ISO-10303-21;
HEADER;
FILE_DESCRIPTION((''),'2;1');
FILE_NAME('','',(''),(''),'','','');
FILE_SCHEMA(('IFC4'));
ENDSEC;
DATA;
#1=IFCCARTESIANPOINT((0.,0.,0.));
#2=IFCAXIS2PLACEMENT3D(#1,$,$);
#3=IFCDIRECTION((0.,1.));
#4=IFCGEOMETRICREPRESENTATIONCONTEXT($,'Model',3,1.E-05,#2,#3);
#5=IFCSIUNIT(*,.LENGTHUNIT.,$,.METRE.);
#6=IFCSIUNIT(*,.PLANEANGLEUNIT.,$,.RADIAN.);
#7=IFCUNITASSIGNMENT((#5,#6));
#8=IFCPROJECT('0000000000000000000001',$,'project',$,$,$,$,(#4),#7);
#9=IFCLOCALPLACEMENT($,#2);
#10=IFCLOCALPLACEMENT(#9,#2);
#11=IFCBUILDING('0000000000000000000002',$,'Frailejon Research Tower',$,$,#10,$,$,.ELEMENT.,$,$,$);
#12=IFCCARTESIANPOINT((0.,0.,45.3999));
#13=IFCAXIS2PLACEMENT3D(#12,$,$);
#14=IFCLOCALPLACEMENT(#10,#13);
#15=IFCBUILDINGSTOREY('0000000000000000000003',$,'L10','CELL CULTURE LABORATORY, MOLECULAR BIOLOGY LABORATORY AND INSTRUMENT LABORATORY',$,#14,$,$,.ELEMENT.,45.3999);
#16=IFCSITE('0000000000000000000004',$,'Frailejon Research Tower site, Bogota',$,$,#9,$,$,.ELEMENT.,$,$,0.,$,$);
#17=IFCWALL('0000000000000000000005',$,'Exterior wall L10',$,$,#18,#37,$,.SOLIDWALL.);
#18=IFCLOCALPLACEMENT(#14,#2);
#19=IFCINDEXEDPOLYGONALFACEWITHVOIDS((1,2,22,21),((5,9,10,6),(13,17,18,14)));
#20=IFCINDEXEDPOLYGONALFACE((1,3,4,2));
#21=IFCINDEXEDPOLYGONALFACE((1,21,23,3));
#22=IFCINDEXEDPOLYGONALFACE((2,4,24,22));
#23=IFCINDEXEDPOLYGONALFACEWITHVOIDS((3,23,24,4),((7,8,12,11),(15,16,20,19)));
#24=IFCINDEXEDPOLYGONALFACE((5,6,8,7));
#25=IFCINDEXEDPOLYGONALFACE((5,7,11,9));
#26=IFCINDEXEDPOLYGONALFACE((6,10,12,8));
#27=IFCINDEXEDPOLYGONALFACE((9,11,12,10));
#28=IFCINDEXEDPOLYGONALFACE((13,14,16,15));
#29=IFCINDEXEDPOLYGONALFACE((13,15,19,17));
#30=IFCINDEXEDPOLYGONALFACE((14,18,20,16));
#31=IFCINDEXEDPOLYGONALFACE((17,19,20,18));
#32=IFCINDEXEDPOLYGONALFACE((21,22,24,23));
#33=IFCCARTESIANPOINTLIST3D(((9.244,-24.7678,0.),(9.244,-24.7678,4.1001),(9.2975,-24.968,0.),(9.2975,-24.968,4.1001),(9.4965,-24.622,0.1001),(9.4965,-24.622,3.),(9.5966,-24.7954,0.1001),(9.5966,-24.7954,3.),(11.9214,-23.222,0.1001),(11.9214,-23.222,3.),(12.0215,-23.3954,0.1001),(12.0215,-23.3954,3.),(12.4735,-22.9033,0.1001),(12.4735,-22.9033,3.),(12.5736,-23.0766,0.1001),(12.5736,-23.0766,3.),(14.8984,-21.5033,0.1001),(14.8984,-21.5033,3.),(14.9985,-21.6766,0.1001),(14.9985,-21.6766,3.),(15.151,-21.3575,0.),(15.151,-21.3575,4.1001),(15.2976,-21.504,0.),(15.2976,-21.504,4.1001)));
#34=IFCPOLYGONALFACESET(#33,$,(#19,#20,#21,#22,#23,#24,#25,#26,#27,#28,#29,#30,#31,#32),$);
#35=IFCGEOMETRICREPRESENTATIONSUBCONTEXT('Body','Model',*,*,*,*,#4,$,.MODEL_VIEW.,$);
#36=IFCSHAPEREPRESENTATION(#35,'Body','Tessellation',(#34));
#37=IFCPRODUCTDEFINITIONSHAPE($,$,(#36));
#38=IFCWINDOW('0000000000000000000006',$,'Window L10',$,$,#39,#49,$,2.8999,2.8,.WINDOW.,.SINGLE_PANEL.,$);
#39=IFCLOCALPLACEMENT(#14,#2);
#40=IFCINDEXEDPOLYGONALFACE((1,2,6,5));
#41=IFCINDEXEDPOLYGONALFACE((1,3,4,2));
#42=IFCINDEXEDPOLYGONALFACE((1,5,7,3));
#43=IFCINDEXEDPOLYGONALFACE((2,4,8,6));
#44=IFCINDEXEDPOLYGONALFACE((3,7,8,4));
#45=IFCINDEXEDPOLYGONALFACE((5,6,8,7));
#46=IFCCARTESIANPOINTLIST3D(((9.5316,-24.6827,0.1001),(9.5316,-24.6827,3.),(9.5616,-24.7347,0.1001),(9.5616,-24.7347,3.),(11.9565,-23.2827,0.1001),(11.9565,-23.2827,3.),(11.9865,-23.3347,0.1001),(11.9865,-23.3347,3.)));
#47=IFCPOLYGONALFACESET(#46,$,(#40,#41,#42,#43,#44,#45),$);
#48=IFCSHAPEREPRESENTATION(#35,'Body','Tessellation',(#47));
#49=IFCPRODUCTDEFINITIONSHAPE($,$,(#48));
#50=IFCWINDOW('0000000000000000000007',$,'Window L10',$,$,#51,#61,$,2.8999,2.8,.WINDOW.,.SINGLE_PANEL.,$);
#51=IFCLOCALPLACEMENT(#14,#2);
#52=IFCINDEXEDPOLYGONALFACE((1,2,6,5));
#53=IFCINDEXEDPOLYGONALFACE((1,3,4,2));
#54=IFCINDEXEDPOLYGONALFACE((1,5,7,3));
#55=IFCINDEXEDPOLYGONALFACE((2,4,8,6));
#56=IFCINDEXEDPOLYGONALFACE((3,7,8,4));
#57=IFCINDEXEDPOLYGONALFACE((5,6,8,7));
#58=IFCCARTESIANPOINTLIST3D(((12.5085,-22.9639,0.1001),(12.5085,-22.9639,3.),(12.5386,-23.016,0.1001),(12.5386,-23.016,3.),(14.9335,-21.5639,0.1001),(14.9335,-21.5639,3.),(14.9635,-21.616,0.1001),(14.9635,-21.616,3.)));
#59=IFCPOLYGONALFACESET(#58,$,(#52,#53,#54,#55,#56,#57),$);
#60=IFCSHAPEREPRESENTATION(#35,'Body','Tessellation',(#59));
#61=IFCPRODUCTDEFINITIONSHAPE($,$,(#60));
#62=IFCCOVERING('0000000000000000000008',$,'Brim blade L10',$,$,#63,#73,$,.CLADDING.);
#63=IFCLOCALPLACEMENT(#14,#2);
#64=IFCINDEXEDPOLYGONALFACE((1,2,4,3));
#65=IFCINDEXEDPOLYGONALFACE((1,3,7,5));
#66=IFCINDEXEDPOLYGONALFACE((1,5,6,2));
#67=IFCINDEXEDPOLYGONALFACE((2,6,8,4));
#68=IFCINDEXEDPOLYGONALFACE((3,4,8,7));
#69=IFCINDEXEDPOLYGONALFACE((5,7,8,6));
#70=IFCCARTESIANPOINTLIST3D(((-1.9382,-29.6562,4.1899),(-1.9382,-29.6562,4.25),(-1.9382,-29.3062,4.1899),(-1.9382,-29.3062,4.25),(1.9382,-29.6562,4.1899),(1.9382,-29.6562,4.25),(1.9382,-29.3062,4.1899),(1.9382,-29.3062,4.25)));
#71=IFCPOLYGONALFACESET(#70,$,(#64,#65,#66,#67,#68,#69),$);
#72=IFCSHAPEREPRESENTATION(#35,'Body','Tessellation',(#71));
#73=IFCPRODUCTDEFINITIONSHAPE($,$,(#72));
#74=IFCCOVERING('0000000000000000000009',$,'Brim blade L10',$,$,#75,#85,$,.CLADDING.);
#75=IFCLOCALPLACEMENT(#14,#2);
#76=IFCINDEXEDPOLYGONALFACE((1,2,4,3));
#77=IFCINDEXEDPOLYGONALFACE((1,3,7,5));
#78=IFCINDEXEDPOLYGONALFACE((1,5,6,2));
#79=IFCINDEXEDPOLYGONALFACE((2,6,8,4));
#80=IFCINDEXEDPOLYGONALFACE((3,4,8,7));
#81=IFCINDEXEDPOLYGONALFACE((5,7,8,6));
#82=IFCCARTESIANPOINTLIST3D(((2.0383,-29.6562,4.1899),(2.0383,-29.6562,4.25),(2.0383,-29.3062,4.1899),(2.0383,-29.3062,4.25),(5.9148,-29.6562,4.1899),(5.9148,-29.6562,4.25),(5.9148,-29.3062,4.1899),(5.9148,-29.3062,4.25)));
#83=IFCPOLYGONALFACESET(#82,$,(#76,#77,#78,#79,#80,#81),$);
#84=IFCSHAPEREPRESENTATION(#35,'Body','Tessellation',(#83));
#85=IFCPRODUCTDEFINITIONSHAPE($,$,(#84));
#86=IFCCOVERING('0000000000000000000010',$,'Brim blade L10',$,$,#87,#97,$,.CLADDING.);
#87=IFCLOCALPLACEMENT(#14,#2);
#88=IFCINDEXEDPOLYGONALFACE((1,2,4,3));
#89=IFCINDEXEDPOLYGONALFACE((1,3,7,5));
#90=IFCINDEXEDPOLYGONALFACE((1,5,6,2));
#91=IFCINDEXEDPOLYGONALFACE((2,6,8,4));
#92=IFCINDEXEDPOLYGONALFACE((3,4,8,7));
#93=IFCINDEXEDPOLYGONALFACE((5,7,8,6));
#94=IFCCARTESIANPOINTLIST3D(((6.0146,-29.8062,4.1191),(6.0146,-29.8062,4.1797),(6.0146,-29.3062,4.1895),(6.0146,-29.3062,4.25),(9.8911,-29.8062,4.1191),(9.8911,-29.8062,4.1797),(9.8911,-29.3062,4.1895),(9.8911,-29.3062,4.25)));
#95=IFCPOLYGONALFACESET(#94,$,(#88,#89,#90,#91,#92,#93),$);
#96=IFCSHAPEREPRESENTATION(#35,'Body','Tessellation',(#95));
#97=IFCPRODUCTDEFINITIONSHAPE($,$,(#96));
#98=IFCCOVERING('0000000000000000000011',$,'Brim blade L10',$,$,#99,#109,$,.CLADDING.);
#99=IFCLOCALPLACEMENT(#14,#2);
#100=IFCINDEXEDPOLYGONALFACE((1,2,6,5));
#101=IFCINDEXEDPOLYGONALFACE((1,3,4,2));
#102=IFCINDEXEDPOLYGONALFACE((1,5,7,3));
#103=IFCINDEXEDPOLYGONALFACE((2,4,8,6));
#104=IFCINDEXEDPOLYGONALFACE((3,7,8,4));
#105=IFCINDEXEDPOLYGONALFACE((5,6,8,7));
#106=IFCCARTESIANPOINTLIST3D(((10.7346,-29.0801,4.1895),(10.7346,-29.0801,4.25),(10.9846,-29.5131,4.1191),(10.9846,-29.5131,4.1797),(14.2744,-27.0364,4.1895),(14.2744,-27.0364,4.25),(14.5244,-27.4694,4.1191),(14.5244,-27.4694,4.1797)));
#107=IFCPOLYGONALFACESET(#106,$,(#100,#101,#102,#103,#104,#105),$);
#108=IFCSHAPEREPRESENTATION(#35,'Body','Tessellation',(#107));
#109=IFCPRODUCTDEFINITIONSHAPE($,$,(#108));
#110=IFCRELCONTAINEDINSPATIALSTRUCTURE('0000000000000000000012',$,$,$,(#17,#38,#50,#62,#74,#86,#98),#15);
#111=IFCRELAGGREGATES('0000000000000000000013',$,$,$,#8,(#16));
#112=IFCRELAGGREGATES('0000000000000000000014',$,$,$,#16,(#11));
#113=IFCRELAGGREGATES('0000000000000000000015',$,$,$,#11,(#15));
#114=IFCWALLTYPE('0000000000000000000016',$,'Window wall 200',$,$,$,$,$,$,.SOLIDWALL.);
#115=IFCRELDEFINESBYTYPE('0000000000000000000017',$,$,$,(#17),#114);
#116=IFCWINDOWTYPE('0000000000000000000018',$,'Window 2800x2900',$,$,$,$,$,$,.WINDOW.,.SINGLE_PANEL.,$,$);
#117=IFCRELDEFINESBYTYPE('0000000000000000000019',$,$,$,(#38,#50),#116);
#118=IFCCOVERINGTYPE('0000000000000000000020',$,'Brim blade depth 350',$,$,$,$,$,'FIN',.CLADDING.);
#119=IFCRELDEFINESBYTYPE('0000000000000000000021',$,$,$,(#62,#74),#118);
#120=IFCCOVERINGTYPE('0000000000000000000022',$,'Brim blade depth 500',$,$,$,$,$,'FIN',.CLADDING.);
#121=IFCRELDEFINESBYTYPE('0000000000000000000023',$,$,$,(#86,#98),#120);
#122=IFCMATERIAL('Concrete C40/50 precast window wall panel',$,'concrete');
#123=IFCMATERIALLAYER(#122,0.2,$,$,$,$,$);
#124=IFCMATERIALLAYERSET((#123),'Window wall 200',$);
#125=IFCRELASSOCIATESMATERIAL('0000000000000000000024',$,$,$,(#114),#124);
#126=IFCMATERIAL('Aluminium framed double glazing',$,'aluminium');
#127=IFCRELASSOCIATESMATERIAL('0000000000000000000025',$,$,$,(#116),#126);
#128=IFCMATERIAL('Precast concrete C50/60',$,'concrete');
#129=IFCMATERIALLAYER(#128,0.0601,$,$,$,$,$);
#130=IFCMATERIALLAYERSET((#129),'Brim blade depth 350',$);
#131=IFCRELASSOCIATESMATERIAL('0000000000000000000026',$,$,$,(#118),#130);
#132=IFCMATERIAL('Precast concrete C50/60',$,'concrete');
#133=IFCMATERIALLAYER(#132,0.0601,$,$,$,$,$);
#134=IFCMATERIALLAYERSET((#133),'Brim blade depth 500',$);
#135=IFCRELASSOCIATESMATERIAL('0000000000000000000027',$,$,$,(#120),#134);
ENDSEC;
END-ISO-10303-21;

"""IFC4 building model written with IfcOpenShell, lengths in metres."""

from ifc_helpers import new_model, si_unit, direction, frame, frame_2d, origin, place, context, subcontext, project, spatial, polyline, rectangle, outline, extrude, material, layer, layer_set, type_object, element, fill, save


model = new_model("IFC4")

# Units and contexts
model_context = context("Model", 3, precision=1e-05, world=origin(), true_north=direction((0.0, 1.0)))
body_context = subcontext(model_context, "Body", "Model", "MODEL_VIEW")
ifc_project = project(units=[si_unit("LENGTHUNIT", "METRE"), si_unit("PLANEANGLEUNIT", "RADIAN")], contexts=[model_context])

# Site, building, storey
site_placement = place(None, origin())
site = spatial("IfcSite", under=ifc_project, at=site_placement, Name="Frailejon Research Tower site, Bogota", CompositionType="ELEMENT", RefElevation=0.0)
building_placement = place(site_placement, origin())
building = spatial("IfcBuilding", under=site, at=building_placement, Name="Frailejon Research Tower", CompositionType="ELEMENT")
storey_placement = place(building_placement, frame((0.0, 0.0, 45.3999)))
storey = spatial("IfcBuildingStorey", under=building, at=storey_placement, Name="L10", Description="CELL CULTURE LABORATORY, MOLECULAR BIOLOGY LABORATORY AND INSTRUMENT LABORATORY", CompositionType="ELEMENT", Elevation=45.3999)

# Wall, openings, windows
ifc_material_1 = material(Name="Concrete C40/50 precast window wall panel", Category="concrete")
ifc_layer_1 = layer(ifc_material_1, 0.2)
ifc_layer_set_1 = layer_set([ifc_layer_1], Name="Window wall 200")
wall_type = type_object("IfcWallType", Name="Window wall 200", PredefinedType="SOLIDWALL", material=ifc_layer_set_1)
wall_placement = place(storey_placement, frame((9.2708, -24.8679, 0.0), z_axis=(0.0, 0.0, 1.0), x_axis=(0.866029, 0.499993, 0.0)))
wall = element("IfcWall", 1, at=wall_placement, inside=storey, type_object=wall_type, Name="Exterior wall L10", PredefinedType="SOLIDWALL", context=body_context, shape_type="SweptSolid", body=[
    extrude(outline(polyline([(-0.0269, -0.1001), (1.1279, -0.1001), (2.2825, -0.1001), (3.4373, -0.1001), (4.592, -0.1001), (5.7466, -0.1001), (6.9014, -0.1001), (6.8477, 0.1001), (5.7109, 0.1001), (4.574, 0.1001), (3.4373, 0.1001), (2.3005, 0.1001), (1.1636, 0.1001), (0.0269, 0.1001), (-0.0269, -0.1001)])), origin(), (0.0, 0.0, 1.0), 4.1001),
])
opening_1_placement = place(wall_placement, frame((0.3186, 0.0, 0.1001)))
opening_1 = element("IfcOpeningElement", 2, at=opening_1_placement, cuts=wall, PredefinedType="OPENING", context=body_context, shape_type="SweptSolid", body=[
    extrude(rectangle(XDim=2.8, YDim=2.8999, at=frame_2d((1.3999, 1.45))), frame((0.0, 0.1099, 0.0), z_axis=(0.0, -1.0, 0.0), x_axis=(1.0, 0.0, 0.0)), (0.0, 0.0, 1.0), 0.22),
])
opening_2_placement = place(wall_placement, frame((3.7561, 0.0, 0.1001)))
opening_2 = element("IfcOpeningElement", 3, at=opening_2_placement, cuts=wall, PredefinedType="OPENING", context=body_context, shape_type="SweptSolid", body=[
    extrude(rectangle(XDim=2.8, YDim=2.8999, at=frame_2d((1.3999, 1.45))), frame((0.0, 0.1099, 0.0), z_axis=(0.0, -1.0, 0.0), x_axis=(1.0, 0.0, 0.0)), (0.0, 0.0, 1.0), 0.22),
])
ifc_material_2 = material(Name="Aluminium framed double glazing", Category="aluminium")
window_type = type_object("IfcWindowType", Name="Window 2800x2900", PartitioningType="SINGLE_PANEL", PredefinedType="WINDOW", material=ifc_material_2)
window_1_placement = place(opening_1_placement, origin())
window_1 = element("IfcWindow", 4, at=window_1_placement, inside=storey, type_object=window_type, Name="Window L10", OverallHeight=2.8999, OverallWidth=2.8, PartitioningType="SINGLE_PANEL", PredefinedType="WINDOW", context=body_context, shape_type="SweptSolid", body=[
    extrude(rectangle(XDim=2.8, YDim=2.8999, at=frame_2d((1.3999, 1.45))), frame((0.0, 0.03, 0.0), z_axis=(0.0, -1.0, 0.0), x_axis=(1.0, 0.0, 0.0)), (0.0, 0.0, 1.0), 0.0601),
])
fill(opening_1, window_1)
window_2_placement = place(opening_2_placement, origin())
window_2 = element("IfcWindow", 5, at=window_2_placement, inside=storey, type_object=window_type, Name="Window L10", OverallHeight=2.8999, OverallWidth=2.8, PartitioningType="SINGLE_PANEL", PredefinedType="WINDOW", context=body_context, shape_type="SweptSolid", body=[
    extrude(rectangle(XDim=2.8, YDim=2.8999, at=frame_2d((1.3999, 1.45))), frame((0.0, 0.03, 0.0), z_axis=(0.0, -1.0, 0.0), x_axis=(1.0, 0.0, 0.0)), (0.0, 0.0, 1.0), 0.0601),
])
fill(opening_2, window_2)

# Coverings
ifc_material_3 = material(Name="Precast concrete C50/60", Category="concrete")
ifc_layer_2 = layer(ifc_material_3, 0.0601)
ifc_layer_set_2 = layer_set([ifc_layer_2], Name="Brim blade depth 350")
covering_type_1 = type_object("IfcCoveringType", Name="Brim blade depth 350", ElementType="FIN", PredefinedType="CLADDING", material=ifc_layer_set_2)
for number, where, z_axis, x_axis, name in (
    (6, (1.9382, -29.3062, 4.25), (-1.0, 0.0, 0.0), (0.0, -1.0, 0.0), "Brim blade L10"),
    (7, (5.9148, -29.3062, 4.25), (-1.0, 0.0, 0.0), (0.0, -1.0, 0.0), "Brim blade L10"),
):
    element("IfcCovering", number, at=place(storey_placement, frame(where, z_axis=z_axis, x_axis=x_axis)), inside=storey, type_object=covering_type_1, Name=name, PredefinedType="CLADDING", context=body_context, shape_type="SweptSolid", body=[
        extrude(outline(polyline([(0.0, -0.0601), (0.3501, -0.0601), (0.3501, 0.0), (0.0, 0.0), (0.0, -0.0601)])), origin(), (0.0, 0.0, 1.0), 3.8765),
    ])
ifc_material_4 = material(Name="Precast concrete C50/60", Category="concrete")
ifc_layer_3 = layer(ifc_material_4, 0.0601)
ifc_layer_set_3 = layer_set([ifc_layer_3], Name="Brim blade depth 500")
covering_type_2 = type_object("IfcCoveringType", Name="Brim blade depth 500", ElementType="FIN", PredefinedType="CLADDING", material=ifc_layer_set_3)
covering_1_placement = place(storey_placement, frame((9.8911, -29.3062, 4.25), z_axis=(-1.0, 0.0, 0.0), x_axis=(0.0, -1.0, 0.0)))
element("IfcCovering", 8, at=covering_1_placement, inside=storey, type_object=covering_type_2, Name="Brim blade L10", PredefinedType="CLADDING", context=body_context, shape_type="SweptSolid", body=[
    extrude(outline(polyline([(0.0, -0.0605), (0.5, -0.1309), (0.5, -0.0703), (0.0, 0.0), (0.0, -0.0605)])), origin(), (0.0, 0.0, 1.0), 3.8765),
])
covering_2_placement = place(storey_placement, frame((14.2744, -27.0364, 4.25), z_axis=(-0.866021, -0.500007, 0.0), x_axis=(0.500007, -0.866021, 0.0)))
element("IfcCovering", 9, at=covering_2_placement, inside=storey, type_object=covering_type_2, Name="Brim blade L10", PredefinedType="CLADDING", context=body_context, shape_type="SweptSolid", body=[
    extrude(outline(polyline([(0.0, -0.0605), (0.5, -0.1309), (0.5, -0.0703), (0.0, 0.0), (0.0, -0.0605)])), origin(), (0.0, 0.0, 1.0), 4.0874),
])

save(model, "model.ifc")
